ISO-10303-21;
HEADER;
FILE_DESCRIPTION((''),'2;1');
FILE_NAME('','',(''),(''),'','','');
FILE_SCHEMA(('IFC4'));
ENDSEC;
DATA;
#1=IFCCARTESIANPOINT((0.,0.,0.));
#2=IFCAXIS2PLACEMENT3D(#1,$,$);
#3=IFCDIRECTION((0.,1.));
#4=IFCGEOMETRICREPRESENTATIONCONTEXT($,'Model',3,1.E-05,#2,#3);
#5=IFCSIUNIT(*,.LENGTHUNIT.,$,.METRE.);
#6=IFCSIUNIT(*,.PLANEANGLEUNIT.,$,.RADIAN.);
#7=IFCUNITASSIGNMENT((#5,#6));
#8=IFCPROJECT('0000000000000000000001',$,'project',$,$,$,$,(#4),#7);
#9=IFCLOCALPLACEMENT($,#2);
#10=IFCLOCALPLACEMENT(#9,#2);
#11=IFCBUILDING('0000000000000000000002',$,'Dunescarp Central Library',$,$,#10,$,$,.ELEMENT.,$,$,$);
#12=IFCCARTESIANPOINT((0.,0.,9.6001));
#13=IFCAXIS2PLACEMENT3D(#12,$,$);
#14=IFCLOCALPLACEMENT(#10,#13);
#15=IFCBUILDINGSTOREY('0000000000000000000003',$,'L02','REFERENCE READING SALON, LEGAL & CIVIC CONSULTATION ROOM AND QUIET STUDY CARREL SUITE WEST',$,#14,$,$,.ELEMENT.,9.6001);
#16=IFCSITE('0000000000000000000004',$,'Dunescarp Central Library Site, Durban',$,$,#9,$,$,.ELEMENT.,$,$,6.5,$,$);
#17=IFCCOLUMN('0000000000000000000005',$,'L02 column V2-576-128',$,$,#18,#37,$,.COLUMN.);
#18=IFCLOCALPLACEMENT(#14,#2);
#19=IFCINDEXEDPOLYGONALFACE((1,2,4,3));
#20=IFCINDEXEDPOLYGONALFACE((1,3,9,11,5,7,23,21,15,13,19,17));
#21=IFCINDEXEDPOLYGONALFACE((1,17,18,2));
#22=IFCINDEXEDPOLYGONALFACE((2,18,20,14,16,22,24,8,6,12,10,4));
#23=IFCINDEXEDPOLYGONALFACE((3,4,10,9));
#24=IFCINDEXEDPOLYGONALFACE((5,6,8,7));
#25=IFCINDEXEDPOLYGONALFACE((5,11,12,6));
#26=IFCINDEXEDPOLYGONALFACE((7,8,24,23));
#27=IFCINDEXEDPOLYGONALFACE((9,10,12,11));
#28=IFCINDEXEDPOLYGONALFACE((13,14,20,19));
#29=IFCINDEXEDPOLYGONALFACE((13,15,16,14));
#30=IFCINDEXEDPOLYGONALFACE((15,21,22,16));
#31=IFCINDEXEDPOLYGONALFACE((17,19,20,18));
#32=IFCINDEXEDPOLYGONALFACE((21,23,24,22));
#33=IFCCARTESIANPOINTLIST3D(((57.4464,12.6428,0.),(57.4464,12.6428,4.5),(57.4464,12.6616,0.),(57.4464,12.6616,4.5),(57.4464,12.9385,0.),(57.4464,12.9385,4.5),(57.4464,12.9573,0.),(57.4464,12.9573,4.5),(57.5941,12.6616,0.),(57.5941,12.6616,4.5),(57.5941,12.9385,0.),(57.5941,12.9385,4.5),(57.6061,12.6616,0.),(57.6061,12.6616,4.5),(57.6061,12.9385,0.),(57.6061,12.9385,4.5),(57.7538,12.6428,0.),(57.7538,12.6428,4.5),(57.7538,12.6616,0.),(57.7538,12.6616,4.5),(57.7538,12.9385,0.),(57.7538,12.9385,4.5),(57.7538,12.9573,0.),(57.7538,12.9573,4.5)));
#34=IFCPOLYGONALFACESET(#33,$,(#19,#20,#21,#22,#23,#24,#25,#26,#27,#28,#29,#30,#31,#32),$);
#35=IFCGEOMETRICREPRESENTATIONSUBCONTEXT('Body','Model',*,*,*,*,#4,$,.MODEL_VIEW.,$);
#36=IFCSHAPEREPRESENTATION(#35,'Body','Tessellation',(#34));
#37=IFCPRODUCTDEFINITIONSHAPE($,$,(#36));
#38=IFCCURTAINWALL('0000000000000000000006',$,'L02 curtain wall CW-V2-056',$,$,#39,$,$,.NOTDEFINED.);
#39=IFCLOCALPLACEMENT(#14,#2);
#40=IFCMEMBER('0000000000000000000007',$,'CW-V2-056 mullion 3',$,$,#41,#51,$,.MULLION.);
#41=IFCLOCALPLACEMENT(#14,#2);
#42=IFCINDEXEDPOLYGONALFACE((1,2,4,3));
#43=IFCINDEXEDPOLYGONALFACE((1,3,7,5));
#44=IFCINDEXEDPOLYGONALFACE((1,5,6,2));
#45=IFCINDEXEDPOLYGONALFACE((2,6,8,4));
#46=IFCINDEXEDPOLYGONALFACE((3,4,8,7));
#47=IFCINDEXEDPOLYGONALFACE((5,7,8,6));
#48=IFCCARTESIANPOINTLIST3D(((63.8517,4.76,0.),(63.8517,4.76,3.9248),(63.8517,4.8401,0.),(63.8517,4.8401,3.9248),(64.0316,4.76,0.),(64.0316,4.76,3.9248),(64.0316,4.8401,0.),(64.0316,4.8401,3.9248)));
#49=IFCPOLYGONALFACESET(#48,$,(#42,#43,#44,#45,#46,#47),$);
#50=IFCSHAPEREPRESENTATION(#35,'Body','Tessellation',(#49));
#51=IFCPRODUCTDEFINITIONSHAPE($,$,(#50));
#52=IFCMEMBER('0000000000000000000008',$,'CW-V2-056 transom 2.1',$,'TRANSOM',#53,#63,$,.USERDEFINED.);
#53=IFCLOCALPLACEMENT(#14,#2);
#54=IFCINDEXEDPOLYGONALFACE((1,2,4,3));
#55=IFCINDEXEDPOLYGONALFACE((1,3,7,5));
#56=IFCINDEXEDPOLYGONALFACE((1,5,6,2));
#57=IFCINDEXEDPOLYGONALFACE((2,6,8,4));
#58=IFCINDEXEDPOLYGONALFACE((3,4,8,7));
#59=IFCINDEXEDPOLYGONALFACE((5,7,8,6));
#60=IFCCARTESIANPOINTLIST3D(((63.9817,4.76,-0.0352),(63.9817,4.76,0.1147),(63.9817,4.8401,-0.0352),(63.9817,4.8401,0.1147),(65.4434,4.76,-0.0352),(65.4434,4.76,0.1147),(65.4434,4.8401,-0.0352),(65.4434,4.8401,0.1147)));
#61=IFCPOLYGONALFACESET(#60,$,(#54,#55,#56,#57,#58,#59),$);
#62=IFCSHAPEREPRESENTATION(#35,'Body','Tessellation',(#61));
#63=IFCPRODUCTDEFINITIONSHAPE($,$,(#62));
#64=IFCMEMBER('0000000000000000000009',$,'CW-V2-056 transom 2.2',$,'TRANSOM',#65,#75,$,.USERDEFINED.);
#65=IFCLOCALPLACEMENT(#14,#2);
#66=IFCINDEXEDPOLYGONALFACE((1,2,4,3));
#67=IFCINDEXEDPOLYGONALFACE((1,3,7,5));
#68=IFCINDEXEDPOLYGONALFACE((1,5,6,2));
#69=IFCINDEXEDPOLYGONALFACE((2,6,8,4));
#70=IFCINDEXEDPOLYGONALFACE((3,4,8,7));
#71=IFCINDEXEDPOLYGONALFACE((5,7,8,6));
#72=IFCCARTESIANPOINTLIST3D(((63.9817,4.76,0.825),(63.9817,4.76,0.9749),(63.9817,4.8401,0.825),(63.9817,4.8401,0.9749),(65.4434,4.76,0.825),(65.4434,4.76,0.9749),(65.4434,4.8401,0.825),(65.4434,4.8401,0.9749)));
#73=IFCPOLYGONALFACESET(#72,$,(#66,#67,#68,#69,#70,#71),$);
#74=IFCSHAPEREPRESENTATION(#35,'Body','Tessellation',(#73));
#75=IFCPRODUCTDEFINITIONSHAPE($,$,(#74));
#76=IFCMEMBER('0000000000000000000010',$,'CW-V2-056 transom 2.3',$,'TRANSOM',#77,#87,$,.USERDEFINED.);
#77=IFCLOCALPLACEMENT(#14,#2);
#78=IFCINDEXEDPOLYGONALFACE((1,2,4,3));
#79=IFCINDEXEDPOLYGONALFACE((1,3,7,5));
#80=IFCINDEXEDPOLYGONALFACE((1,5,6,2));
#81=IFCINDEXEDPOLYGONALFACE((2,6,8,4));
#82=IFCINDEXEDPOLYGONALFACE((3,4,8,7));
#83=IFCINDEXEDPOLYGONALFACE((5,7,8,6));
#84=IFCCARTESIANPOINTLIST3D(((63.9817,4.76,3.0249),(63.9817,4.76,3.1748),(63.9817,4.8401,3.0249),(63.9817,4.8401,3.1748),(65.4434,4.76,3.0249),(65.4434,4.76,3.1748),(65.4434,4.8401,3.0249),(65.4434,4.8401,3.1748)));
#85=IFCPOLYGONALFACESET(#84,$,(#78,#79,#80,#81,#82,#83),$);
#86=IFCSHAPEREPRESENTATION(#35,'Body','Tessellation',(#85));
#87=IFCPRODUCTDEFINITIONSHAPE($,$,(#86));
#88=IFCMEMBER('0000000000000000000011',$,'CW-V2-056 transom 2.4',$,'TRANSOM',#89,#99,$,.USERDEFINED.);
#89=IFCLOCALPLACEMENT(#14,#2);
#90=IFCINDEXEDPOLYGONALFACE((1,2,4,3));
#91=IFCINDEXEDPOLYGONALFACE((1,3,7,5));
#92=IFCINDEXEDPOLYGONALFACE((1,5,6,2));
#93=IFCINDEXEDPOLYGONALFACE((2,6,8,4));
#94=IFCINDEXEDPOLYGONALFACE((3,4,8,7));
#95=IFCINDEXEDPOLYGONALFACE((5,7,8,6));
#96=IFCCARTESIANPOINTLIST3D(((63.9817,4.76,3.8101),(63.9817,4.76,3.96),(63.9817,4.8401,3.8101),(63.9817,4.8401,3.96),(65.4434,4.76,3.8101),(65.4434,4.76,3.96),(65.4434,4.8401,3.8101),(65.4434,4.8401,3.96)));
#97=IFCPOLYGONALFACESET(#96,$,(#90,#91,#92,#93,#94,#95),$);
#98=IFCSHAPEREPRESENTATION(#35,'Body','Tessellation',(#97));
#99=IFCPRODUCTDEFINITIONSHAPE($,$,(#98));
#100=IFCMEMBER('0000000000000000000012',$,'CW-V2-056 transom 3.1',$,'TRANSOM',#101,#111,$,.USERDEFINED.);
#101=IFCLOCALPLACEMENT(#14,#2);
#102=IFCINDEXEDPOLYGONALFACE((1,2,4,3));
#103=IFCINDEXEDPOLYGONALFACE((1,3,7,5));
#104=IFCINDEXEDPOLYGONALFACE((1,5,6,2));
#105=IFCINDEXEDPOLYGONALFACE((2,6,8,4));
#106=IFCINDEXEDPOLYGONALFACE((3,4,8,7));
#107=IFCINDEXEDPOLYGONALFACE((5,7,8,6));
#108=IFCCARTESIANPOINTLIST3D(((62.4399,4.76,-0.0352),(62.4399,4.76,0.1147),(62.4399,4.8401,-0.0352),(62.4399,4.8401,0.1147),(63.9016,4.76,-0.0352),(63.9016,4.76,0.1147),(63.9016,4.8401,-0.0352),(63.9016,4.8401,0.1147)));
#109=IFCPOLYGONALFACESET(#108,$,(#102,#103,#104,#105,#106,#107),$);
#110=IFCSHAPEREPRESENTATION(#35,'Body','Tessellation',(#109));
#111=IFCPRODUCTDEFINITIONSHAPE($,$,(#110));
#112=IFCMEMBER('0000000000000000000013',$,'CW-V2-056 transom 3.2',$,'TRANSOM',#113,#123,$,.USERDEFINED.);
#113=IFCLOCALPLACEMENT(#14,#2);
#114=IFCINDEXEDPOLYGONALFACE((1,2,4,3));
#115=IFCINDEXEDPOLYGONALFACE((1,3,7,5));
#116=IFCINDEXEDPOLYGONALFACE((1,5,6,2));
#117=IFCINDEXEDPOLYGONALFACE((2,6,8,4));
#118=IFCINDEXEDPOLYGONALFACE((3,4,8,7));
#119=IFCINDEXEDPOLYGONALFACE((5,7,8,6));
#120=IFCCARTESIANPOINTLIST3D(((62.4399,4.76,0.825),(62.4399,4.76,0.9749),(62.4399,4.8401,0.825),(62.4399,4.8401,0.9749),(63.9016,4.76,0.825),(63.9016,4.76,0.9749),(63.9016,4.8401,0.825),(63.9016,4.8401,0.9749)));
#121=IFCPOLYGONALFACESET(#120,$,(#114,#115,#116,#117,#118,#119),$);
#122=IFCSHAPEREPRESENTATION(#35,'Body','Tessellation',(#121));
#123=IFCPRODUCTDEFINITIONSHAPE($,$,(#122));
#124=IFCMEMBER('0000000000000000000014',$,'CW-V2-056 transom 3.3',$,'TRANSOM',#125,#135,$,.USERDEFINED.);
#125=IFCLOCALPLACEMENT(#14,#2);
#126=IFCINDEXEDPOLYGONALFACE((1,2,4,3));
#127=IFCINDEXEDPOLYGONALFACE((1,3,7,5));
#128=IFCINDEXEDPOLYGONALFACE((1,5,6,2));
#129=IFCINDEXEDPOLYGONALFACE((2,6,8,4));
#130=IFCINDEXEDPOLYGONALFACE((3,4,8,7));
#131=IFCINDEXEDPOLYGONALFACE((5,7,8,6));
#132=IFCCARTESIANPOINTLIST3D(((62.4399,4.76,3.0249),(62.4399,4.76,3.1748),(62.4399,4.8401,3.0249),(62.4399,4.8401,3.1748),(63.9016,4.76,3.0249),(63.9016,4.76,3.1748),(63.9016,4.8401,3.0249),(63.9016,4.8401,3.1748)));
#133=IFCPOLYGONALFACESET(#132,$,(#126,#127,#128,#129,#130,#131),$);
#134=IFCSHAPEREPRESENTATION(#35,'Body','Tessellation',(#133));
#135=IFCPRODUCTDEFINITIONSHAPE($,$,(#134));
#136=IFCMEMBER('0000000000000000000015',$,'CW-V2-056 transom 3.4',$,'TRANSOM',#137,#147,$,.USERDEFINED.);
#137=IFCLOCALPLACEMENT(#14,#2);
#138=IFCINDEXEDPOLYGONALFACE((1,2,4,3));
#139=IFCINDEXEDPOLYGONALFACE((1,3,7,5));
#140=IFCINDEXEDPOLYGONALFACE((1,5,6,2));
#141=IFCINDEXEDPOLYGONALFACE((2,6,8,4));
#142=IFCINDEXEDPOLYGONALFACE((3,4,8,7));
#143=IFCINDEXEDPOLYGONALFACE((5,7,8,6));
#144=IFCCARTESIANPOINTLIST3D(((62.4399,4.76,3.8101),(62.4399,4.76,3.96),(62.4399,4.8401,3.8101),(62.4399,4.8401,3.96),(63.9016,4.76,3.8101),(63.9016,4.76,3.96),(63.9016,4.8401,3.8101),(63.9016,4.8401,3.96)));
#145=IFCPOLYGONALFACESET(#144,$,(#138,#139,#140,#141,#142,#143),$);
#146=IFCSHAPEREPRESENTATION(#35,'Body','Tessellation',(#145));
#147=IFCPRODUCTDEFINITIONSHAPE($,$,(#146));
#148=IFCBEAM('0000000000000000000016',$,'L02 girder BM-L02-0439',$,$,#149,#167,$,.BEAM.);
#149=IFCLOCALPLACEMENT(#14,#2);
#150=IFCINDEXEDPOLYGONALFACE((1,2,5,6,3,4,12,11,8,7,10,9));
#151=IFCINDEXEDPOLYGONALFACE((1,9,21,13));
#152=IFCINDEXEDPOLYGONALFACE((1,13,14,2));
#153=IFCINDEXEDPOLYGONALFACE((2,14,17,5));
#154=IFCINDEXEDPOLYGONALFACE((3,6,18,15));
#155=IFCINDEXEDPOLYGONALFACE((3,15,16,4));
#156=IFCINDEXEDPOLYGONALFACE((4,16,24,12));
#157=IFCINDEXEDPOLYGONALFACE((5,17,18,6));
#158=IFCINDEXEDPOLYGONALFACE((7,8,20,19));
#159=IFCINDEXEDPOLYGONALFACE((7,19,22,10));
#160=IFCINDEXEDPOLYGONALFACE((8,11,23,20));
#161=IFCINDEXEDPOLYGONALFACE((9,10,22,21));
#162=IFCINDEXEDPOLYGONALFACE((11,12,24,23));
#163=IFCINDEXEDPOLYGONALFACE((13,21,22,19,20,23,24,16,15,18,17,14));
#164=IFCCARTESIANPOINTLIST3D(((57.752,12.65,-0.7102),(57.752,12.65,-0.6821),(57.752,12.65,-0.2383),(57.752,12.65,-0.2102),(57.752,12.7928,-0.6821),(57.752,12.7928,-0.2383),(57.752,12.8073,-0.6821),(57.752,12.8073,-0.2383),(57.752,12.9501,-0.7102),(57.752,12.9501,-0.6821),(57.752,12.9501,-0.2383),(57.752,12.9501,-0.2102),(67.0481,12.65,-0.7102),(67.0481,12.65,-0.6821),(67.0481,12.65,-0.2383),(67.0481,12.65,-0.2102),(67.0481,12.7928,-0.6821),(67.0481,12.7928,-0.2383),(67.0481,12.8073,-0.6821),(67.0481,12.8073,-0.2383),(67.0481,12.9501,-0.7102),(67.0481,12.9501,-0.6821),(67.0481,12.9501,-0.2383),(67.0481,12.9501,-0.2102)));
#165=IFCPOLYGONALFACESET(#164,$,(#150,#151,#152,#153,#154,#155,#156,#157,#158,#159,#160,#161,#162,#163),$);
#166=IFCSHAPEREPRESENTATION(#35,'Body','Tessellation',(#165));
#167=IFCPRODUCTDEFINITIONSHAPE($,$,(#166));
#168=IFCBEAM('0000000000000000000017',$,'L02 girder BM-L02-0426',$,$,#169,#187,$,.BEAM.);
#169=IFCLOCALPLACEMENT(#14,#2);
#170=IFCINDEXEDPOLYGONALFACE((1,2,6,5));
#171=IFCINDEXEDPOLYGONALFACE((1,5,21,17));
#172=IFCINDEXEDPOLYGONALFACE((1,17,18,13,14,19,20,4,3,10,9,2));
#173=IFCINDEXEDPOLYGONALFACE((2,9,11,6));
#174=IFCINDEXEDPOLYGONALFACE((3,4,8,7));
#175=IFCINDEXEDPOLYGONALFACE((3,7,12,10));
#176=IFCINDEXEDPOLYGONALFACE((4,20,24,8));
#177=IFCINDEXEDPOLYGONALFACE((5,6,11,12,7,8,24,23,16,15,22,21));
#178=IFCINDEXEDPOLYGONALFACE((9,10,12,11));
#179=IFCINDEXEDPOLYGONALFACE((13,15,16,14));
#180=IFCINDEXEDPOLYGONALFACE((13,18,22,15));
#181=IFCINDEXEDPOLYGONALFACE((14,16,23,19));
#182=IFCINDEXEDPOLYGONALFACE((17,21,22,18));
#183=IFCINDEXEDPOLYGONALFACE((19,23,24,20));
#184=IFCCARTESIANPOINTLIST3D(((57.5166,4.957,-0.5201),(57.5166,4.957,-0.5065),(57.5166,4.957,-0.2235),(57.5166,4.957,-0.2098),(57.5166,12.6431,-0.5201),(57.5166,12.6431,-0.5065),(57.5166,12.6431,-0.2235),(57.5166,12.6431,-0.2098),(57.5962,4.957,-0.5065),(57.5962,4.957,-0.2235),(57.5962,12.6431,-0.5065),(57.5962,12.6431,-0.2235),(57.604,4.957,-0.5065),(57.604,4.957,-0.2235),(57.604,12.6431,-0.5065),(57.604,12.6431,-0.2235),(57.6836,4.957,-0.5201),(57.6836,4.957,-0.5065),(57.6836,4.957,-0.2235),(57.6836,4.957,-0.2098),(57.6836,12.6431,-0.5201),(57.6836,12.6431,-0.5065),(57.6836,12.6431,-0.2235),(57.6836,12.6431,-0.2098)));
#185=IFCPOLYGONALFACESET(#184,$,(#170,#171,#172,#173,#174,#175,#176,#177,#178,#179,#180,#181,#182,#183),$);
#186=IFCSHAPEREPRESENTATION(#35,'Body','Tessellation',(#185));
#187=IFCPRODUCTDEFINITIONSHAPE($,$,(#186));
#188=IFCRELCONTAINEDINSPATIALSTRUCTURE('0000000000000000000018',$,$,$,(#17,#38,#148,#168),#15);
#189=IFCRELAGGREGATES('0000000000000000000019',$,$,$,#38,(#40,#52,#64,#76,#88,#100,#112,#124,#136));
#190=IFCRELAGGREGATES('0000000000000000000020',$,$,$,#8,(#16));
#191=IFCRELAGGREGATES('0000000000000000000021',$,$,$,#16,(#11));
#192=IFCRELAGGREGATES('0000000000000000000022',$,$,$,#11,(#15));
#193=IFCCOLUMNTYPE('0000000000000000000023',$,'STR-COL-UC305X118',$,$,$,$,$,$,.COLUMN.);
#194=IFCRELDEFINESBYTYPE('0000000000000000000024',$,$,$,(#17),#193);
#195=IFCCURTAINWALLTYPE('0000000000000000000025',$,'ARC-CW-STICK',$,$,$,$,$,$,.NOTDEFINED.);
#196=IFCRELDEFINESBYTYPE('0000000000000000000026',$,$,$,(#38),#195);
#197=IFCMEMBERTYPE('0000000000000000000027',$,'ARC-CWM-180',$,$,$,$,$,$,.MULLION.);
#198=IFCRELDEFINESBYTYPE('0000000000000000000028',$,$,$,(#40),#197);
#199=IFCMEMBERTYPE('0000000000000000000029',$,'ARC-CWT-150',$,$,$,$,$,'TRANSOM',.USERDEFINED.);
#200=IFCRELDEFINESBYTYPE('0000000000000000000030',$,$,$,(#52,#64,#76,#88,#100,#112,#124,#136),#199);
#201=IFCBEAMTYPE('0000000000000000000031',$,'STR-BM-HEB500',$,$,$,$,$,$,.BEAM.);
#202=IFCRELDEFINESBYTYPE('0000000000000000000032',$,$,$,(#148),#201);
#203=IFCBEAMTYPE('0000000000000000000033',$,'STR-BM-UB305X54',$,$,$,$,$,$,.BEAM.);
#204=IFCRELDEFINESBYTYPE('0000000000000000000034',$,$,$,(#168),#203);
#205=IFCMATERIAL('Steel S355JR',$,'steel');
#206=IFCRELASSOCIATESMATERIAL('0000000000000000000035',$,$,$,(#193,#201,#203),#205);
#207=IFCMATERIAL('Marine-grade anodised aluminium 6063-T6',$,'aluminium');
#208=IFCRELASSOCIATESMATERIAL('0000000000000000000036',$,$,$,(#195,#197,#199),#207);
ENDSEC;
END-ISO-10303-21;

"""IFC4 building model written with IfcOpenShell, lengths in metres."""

from ifc_helpers import new_model, si_unit, direction, frame, origin, origin_2d, place, context, subcontext, project, spatial, rectangle, i_section, extrude, material, material_profile, profile_set, type_object, element, aggregate, save


model = new_model("IFC4")

# Units and contexts
model_context = context("Model", 3, precision=1e-05, world=origin(), true_north=direction((0.0, 1.0)))
body_context = subcontext(model_context, "Body", "Model", "MODEL_VIEW")
ifc_project = project(units=[si_unit("LENGTHUNIT", "METRE"), si_unit("PLANEANGLEUNIT", "RADIAN")], contexts=[model_context])

# Site, building, storey
site_placement = place(None, origin())
site = spatial("IfcSite", under=ifc_project, at=site_placement, Name="Dunescarp Central Library Site, Durban", CompositionType="ELEMENT", RefElevation=6.5)
building_placement = place(site_placement, origin())
building = spatial("IfcBuilding", under=site, at=building_placement, Name="Dunescarp Central Library", CompositionType="ELEMENT")
storey_placement = place(building_placement, frame((0.0, 0.0, 9.6001)))
storey = spatial("IfcBuildingStorey", under=building, at=storey_placement, Name="L02", Description="REFERENCE READING SALON, LEGAL & CIVIC CONSULTATION ROOM AND QUIET STUDY CARREL SUITE WEST", CompositionType="ELEMENT", Elevation=9.6001)

# Column
ifc_material_1 = material(Name="Steel S355JR", Category="steel")
ifc_material_profile_1 = material_profile(ifc_material_1, i_section(OverallWidth=0.3074, OverallDepth=0.3145, WebThickness=0.012, FlangeThickness=0.0188, at=origin_2d()), Name="UC 305x305x118")
ifc_profile_set_1 = profile_set([ifc_material_profile_1], Name="Steel S355JR")
column_type = type_object("IfcColumnType", Name="STR-COL-UC305X118", PredefinedType="COLUMN", material=ifc_profile_set_1)
column_placement = place(storey_placement, frame((57.6001, 12.8, 0.0), z_axis=(0.0, 0.0, 1.0), x_axis=(1.0, 0.0, 0.0)))
element("IfcColumn", 1, at=column_placement, inside=storey, type_object=column_type, Name="L02 column V2-576-128", PredefinedType="COLUMN", context=body_context, shape_type="SweptSolid", body=[
    extrude(i_section(OverallWidth=0.3074, OverallDepth=0.3145, WebThickness=0.012, FlangeThickness=0.0188, at=origin_2d()), origin(), (0.0, 0.0, 1.0), 4.5),
])

# Curtain wall, members
ifc_material_2 = material(Name="Marine-grade anodised aluminium 6063-T6", Category="aluminium")
curtain_wall_type = type_object("IfcCurtainWallType", Name="ARC-CW-STICK", PredefinedType="NOTDEFINED", material=ifc_material_2)
curtain_wall_placement = place(storey_placement, origin())
curtain_wall = element("IfcCurtainWall", 2, at=curtain_wall_placement, inside=storey, type_object=curtain_wall_type, Name="L02 curtain wall CW-V2-056", PredefinedType="NOTDEFINED")
ifc_material_profile_2 = material_profile(ifc_material_2, rectangle(XDim=0.0801, YDim=0.1799, at=origin_2d()), Name="AL 80x180")
ifc_profile_set_2 = profile_set([ifc_material_profile_2], Name="Marine-grade anodised aluminium 6063-T6")
member_type_1 = type_object("IfcMemberType", Name="ARC-CWM-180", PredefinedType="MULLION", material=ifc_profile_set_2)
member_1_placement = place(storey_placement, frame((63.9417, 4.8, 0.0), z_axis=(0.0, 0.0, 1.0), x_axis=(0.0, -1.0, 0.0)))
member_1 = element("IfcMember", 3, at=member_1_placement, type_object=member_type_1, Name="CW-V2-056 mullion 3", PredefinedType="MULLION", context=body_context, shape_type="SweptSolid", body=[
    extrude(rectangle(XDim=0.0801, YDim=0.1799, at=origin_2d()), origin(), (0.0, 0.0, 1.0), 3.9248),
])
ifc_material_profile_3 = material_profile(ifc_material_2, rectangle(XDim=0.0801, YDim=0.1499, at=origin_2d()), Name="AL 80x150")
ifc_profile_set_3 = profile_set([ifc_material_profile_3], Name="Marine-grade anodised aluminium 6063-T6")
member_type_2 = type_object("IfcMemberType", Name="ARC-CWT-150", ElementType="TRANSOM", PredefinedType="USERDEFINED", material=ifc_profile_set_3)
member_2_placement = place(storey_placement, frame((65.4434, 4.8, 0.0398), z_axis=(-1.0, 0.0, 0.0), x_axis=(0.0, -1.0, 0.0)))
member_2 = element("IfcMember", 4, at=member_2_placement, type_object=member_type_2, Name="CW-V2-056 transom 2.1", ObjectType="TRANSOM", PredefinedType="USERDEFINED", context=body_context, shape_type="SweptSolid", body=[
    extrude(rectangle(XDim=0.0801, YDim=0.1499, at=origin_2d()), origin(), (0.0, 0.0, 1.0), 1.4617),
])
member_3_placement = place(storey_placement, frame((65.4434, 4.8, 0.8999), z_axis=(-1.0, 0.0, 0.0), x_axis=(0.0, -1.0, 0.0)))
member_3 = element("IfcMember", 5, at=member_3_placement, type_object=member_type_2, Name="CW-V2-056 transom 2.2", ObjectType="TRANSOM", PredefinedType="USERDEFINED", context=body_context, shape_type="SweptSolid", body=[
    extrude(rectangle(XDim=0.0801, YDim=0.1499, at=origin_2d()), origin(), (0.0, 0.0, 1.0), 1.4617),
])
member_4_placement = place(storey_placement, frame((65.4434, 4.8, 3.0999), z_axis=(-1.0, 0.0, 0.0), x_axis=(0.0, -1.0, 0.0)))
member_4 = element("IfcMember", 6, at=member_4_placement, type_object=member_type_2, Name="CW-V2-056 transom 2.3", ObjectType="TRANSOM", PredefinedType="USERDEFINED", context=body_context, shape_type="SweptSolid", body=[
    extrude(rectangle(XDim=0.0801, YDim=0.1499, at=origin_2d()), origin(), (0.0, 0.0, 1.0), 1.4617),
])
member_5_placement = place(storey_placement, frame((65.4434, 4.8, 3.885), z_axis=(-1.0, 0.0, 0.0), x_axis=(0.0, -1.0, 0.0)))
member_5 = element("IfcMember", 7, at=member_5_placement, type_object=member_type_2, Name="CW-V2-056 transom 2.4", ObjectType="TRANSOM", PredefinedType="USERDEFINED", context=body_context, shape_type="SweptSolid", body=[
    extrude(rectangle(XDim=0.0801, YDim=0.1499, at=origin_2d()), origin(), (0.0, 0.0, 1.0), 1.4617),
])
member_6_placement = place(storey_placement, frame((63.9016, 4.8, 0.0398), z_axis=(-1.0, 0.0, 0.0), x_axis=(0.0, -1.0, 0.0)))
member_6 = element("IfcMember", 8, at=member_6_placement, type_object=member_type_2, Name="CW-V2-056 transom 3.1", ObjectType="TRANSOM", PredefinedType="USERDEFINED", context=body_context, shape_type="SweptSolid", body=[
    extrude(rectangle(XDim=0.0801, YDim=0.1499, at=origin_2d()), origin(), (0.0, 0.0, 1.0), 1.4617),
])
member_7_placement = place(storey_placement, frame((63.9016, 4.8, 0.8999), z_axis=(-1.0, 0.0, 0.0), x_axis=(0.0, -1.0, 0.0)))
member_7 = element("IfcMember", 9, at=member_7_placement, type_object=member_type_2, Name="CW-V2-056 transom 3.2", ObjectType="TRANSOM", PredefinedType="USERDEFINED", context=body_context, shape_type="SweptSolid", body=[
    extrude(rectangle(XDim=0.0801, YDim=0.1499, at=origin_2d()), origin(), (0.0, 0.0, 1.0), 1.4617),
])
member_8_placement = place(storey_placement, frame((63.9016, 4.8, 3.0999), z_axis=(-1.0, 0.0, 0.0), x_axis=(0.0, -1.0, 0.0)))
member_8 = element("IfcMember", 10, at=member_8_placement, type_object=member_type_2, Name="CW-V2-056 transom 3.3", ObjectType="TRANSOM", PredefinedType="USERDEFINED", context=body_context, shape_type="SweptSolid", body=[
    extrude(rectangle(XDim=0.0801, YDim=0.1499, at=origin_2d()), origin(), (0.0, 0.0, 1.0), 1.4617),
])
member_9_placement = place(storey_placement, frame((63.9016, 4.8, 3.885), z_axis=(-1.0, 0.0, 0.0), x_axis=(0.0, -1.0, 0.0)))
member_9 = element("IfcMember", 11, at=member_9_placement, type_object=member_type_2, Name="CW-V2-056 transom 3.4", ObjectType="TRANSOM", PredefinedType="USERDEFINED", context=body_context, shape_type="SweptSolid", body=[
    extrude(rectangle(XDim=0.0801, YDim=0.1499, at=origin_2d()), origin(), (0.0, 0.0, 1.0), 1.4617),
])

# Beams
ifc_material_profile_4 = material_profile(ifc_material_1, i_section(OverallWidth=0.3, OverallDepth=0.5, WebThickness=0.0144, FlangeThickness=0.0281, at=origin_2d()), Name="HEB 500")
ifc_profile_set_4 = profile_set([ifc_material_profile_4], Name="Steel S355JR")
beam_type_1 = type_object("IfcBeamType", Name="STR-BM-HEB500", PredefinedType="BEAM", material=ifc_profile_set_4)
beam_1_placement = place(storey_placement, frame((57.752, 12.8, -0.4602), z_axis=(1.0, 0.0, 0.0), x_axis=(0.0, 1.0, 0.0)))
element("IfcBeam", 12, at=beam_1_placement, inside=storey, type_object=beam_type_1, Name="L02 girder BM-L02-0439", PredefinedType="BEAM", context=body_context, shape_type="SweptSolid", body=[
    extrude(i_section(OverallWidth=0.3, OverallDepth=0.5, WebThickness=0.0144, FlangeThickness=0.0281, at=origin_2d()), origin(), (0.0, 0.0, 1.0), 9.2961),
])
ifc_material_profile_5 = material_profile(ifc_material_1, i_section(OverallWidth=0.167, OverallDepth=0.3103, WebThickness=0.0078, FlangeThickness=0.0137, at=origin_2d()), Name="UB 305x165x54")
ifc_profile_set_5 = profile_set([ifc_material_profile_5], Name="Steel S355JR")
beam_type_2 = type_object("IfcBeamType", Name="STR-BM-UB305X54", PredefinedType="BEAM", material=ifc_profile_set_5)
beam_2_placement = place(storey_placement, frame((57.6001, 4.957, -0.365), z_axis=(0.0, 1.0, 0.0), x_axis=(-1.0, 0.0, 0.0)))
element("IfcBeam", 13, at=beam_2_placement, inside=storey, type_object=beam_type_2, Name="L02 girder BM-L02-0426", PredefinedType="BEAM", context=body_context, shape_type="SweptSolid", body=[
    extrude(i_section(OverallWidth=0.167, OverallDepth=0.3103, WebThickness=0.0078, FlangeThickness=0.0137, at=origin_2d()), origin(), (0.0, 0.0, 1.0), 7.686),
])

aggregate(curtain_wall, [member_1, member_2, member_3, member_4, member_5, member_6, member_7, member_8, member_9])

save(model, "model.ifc")
